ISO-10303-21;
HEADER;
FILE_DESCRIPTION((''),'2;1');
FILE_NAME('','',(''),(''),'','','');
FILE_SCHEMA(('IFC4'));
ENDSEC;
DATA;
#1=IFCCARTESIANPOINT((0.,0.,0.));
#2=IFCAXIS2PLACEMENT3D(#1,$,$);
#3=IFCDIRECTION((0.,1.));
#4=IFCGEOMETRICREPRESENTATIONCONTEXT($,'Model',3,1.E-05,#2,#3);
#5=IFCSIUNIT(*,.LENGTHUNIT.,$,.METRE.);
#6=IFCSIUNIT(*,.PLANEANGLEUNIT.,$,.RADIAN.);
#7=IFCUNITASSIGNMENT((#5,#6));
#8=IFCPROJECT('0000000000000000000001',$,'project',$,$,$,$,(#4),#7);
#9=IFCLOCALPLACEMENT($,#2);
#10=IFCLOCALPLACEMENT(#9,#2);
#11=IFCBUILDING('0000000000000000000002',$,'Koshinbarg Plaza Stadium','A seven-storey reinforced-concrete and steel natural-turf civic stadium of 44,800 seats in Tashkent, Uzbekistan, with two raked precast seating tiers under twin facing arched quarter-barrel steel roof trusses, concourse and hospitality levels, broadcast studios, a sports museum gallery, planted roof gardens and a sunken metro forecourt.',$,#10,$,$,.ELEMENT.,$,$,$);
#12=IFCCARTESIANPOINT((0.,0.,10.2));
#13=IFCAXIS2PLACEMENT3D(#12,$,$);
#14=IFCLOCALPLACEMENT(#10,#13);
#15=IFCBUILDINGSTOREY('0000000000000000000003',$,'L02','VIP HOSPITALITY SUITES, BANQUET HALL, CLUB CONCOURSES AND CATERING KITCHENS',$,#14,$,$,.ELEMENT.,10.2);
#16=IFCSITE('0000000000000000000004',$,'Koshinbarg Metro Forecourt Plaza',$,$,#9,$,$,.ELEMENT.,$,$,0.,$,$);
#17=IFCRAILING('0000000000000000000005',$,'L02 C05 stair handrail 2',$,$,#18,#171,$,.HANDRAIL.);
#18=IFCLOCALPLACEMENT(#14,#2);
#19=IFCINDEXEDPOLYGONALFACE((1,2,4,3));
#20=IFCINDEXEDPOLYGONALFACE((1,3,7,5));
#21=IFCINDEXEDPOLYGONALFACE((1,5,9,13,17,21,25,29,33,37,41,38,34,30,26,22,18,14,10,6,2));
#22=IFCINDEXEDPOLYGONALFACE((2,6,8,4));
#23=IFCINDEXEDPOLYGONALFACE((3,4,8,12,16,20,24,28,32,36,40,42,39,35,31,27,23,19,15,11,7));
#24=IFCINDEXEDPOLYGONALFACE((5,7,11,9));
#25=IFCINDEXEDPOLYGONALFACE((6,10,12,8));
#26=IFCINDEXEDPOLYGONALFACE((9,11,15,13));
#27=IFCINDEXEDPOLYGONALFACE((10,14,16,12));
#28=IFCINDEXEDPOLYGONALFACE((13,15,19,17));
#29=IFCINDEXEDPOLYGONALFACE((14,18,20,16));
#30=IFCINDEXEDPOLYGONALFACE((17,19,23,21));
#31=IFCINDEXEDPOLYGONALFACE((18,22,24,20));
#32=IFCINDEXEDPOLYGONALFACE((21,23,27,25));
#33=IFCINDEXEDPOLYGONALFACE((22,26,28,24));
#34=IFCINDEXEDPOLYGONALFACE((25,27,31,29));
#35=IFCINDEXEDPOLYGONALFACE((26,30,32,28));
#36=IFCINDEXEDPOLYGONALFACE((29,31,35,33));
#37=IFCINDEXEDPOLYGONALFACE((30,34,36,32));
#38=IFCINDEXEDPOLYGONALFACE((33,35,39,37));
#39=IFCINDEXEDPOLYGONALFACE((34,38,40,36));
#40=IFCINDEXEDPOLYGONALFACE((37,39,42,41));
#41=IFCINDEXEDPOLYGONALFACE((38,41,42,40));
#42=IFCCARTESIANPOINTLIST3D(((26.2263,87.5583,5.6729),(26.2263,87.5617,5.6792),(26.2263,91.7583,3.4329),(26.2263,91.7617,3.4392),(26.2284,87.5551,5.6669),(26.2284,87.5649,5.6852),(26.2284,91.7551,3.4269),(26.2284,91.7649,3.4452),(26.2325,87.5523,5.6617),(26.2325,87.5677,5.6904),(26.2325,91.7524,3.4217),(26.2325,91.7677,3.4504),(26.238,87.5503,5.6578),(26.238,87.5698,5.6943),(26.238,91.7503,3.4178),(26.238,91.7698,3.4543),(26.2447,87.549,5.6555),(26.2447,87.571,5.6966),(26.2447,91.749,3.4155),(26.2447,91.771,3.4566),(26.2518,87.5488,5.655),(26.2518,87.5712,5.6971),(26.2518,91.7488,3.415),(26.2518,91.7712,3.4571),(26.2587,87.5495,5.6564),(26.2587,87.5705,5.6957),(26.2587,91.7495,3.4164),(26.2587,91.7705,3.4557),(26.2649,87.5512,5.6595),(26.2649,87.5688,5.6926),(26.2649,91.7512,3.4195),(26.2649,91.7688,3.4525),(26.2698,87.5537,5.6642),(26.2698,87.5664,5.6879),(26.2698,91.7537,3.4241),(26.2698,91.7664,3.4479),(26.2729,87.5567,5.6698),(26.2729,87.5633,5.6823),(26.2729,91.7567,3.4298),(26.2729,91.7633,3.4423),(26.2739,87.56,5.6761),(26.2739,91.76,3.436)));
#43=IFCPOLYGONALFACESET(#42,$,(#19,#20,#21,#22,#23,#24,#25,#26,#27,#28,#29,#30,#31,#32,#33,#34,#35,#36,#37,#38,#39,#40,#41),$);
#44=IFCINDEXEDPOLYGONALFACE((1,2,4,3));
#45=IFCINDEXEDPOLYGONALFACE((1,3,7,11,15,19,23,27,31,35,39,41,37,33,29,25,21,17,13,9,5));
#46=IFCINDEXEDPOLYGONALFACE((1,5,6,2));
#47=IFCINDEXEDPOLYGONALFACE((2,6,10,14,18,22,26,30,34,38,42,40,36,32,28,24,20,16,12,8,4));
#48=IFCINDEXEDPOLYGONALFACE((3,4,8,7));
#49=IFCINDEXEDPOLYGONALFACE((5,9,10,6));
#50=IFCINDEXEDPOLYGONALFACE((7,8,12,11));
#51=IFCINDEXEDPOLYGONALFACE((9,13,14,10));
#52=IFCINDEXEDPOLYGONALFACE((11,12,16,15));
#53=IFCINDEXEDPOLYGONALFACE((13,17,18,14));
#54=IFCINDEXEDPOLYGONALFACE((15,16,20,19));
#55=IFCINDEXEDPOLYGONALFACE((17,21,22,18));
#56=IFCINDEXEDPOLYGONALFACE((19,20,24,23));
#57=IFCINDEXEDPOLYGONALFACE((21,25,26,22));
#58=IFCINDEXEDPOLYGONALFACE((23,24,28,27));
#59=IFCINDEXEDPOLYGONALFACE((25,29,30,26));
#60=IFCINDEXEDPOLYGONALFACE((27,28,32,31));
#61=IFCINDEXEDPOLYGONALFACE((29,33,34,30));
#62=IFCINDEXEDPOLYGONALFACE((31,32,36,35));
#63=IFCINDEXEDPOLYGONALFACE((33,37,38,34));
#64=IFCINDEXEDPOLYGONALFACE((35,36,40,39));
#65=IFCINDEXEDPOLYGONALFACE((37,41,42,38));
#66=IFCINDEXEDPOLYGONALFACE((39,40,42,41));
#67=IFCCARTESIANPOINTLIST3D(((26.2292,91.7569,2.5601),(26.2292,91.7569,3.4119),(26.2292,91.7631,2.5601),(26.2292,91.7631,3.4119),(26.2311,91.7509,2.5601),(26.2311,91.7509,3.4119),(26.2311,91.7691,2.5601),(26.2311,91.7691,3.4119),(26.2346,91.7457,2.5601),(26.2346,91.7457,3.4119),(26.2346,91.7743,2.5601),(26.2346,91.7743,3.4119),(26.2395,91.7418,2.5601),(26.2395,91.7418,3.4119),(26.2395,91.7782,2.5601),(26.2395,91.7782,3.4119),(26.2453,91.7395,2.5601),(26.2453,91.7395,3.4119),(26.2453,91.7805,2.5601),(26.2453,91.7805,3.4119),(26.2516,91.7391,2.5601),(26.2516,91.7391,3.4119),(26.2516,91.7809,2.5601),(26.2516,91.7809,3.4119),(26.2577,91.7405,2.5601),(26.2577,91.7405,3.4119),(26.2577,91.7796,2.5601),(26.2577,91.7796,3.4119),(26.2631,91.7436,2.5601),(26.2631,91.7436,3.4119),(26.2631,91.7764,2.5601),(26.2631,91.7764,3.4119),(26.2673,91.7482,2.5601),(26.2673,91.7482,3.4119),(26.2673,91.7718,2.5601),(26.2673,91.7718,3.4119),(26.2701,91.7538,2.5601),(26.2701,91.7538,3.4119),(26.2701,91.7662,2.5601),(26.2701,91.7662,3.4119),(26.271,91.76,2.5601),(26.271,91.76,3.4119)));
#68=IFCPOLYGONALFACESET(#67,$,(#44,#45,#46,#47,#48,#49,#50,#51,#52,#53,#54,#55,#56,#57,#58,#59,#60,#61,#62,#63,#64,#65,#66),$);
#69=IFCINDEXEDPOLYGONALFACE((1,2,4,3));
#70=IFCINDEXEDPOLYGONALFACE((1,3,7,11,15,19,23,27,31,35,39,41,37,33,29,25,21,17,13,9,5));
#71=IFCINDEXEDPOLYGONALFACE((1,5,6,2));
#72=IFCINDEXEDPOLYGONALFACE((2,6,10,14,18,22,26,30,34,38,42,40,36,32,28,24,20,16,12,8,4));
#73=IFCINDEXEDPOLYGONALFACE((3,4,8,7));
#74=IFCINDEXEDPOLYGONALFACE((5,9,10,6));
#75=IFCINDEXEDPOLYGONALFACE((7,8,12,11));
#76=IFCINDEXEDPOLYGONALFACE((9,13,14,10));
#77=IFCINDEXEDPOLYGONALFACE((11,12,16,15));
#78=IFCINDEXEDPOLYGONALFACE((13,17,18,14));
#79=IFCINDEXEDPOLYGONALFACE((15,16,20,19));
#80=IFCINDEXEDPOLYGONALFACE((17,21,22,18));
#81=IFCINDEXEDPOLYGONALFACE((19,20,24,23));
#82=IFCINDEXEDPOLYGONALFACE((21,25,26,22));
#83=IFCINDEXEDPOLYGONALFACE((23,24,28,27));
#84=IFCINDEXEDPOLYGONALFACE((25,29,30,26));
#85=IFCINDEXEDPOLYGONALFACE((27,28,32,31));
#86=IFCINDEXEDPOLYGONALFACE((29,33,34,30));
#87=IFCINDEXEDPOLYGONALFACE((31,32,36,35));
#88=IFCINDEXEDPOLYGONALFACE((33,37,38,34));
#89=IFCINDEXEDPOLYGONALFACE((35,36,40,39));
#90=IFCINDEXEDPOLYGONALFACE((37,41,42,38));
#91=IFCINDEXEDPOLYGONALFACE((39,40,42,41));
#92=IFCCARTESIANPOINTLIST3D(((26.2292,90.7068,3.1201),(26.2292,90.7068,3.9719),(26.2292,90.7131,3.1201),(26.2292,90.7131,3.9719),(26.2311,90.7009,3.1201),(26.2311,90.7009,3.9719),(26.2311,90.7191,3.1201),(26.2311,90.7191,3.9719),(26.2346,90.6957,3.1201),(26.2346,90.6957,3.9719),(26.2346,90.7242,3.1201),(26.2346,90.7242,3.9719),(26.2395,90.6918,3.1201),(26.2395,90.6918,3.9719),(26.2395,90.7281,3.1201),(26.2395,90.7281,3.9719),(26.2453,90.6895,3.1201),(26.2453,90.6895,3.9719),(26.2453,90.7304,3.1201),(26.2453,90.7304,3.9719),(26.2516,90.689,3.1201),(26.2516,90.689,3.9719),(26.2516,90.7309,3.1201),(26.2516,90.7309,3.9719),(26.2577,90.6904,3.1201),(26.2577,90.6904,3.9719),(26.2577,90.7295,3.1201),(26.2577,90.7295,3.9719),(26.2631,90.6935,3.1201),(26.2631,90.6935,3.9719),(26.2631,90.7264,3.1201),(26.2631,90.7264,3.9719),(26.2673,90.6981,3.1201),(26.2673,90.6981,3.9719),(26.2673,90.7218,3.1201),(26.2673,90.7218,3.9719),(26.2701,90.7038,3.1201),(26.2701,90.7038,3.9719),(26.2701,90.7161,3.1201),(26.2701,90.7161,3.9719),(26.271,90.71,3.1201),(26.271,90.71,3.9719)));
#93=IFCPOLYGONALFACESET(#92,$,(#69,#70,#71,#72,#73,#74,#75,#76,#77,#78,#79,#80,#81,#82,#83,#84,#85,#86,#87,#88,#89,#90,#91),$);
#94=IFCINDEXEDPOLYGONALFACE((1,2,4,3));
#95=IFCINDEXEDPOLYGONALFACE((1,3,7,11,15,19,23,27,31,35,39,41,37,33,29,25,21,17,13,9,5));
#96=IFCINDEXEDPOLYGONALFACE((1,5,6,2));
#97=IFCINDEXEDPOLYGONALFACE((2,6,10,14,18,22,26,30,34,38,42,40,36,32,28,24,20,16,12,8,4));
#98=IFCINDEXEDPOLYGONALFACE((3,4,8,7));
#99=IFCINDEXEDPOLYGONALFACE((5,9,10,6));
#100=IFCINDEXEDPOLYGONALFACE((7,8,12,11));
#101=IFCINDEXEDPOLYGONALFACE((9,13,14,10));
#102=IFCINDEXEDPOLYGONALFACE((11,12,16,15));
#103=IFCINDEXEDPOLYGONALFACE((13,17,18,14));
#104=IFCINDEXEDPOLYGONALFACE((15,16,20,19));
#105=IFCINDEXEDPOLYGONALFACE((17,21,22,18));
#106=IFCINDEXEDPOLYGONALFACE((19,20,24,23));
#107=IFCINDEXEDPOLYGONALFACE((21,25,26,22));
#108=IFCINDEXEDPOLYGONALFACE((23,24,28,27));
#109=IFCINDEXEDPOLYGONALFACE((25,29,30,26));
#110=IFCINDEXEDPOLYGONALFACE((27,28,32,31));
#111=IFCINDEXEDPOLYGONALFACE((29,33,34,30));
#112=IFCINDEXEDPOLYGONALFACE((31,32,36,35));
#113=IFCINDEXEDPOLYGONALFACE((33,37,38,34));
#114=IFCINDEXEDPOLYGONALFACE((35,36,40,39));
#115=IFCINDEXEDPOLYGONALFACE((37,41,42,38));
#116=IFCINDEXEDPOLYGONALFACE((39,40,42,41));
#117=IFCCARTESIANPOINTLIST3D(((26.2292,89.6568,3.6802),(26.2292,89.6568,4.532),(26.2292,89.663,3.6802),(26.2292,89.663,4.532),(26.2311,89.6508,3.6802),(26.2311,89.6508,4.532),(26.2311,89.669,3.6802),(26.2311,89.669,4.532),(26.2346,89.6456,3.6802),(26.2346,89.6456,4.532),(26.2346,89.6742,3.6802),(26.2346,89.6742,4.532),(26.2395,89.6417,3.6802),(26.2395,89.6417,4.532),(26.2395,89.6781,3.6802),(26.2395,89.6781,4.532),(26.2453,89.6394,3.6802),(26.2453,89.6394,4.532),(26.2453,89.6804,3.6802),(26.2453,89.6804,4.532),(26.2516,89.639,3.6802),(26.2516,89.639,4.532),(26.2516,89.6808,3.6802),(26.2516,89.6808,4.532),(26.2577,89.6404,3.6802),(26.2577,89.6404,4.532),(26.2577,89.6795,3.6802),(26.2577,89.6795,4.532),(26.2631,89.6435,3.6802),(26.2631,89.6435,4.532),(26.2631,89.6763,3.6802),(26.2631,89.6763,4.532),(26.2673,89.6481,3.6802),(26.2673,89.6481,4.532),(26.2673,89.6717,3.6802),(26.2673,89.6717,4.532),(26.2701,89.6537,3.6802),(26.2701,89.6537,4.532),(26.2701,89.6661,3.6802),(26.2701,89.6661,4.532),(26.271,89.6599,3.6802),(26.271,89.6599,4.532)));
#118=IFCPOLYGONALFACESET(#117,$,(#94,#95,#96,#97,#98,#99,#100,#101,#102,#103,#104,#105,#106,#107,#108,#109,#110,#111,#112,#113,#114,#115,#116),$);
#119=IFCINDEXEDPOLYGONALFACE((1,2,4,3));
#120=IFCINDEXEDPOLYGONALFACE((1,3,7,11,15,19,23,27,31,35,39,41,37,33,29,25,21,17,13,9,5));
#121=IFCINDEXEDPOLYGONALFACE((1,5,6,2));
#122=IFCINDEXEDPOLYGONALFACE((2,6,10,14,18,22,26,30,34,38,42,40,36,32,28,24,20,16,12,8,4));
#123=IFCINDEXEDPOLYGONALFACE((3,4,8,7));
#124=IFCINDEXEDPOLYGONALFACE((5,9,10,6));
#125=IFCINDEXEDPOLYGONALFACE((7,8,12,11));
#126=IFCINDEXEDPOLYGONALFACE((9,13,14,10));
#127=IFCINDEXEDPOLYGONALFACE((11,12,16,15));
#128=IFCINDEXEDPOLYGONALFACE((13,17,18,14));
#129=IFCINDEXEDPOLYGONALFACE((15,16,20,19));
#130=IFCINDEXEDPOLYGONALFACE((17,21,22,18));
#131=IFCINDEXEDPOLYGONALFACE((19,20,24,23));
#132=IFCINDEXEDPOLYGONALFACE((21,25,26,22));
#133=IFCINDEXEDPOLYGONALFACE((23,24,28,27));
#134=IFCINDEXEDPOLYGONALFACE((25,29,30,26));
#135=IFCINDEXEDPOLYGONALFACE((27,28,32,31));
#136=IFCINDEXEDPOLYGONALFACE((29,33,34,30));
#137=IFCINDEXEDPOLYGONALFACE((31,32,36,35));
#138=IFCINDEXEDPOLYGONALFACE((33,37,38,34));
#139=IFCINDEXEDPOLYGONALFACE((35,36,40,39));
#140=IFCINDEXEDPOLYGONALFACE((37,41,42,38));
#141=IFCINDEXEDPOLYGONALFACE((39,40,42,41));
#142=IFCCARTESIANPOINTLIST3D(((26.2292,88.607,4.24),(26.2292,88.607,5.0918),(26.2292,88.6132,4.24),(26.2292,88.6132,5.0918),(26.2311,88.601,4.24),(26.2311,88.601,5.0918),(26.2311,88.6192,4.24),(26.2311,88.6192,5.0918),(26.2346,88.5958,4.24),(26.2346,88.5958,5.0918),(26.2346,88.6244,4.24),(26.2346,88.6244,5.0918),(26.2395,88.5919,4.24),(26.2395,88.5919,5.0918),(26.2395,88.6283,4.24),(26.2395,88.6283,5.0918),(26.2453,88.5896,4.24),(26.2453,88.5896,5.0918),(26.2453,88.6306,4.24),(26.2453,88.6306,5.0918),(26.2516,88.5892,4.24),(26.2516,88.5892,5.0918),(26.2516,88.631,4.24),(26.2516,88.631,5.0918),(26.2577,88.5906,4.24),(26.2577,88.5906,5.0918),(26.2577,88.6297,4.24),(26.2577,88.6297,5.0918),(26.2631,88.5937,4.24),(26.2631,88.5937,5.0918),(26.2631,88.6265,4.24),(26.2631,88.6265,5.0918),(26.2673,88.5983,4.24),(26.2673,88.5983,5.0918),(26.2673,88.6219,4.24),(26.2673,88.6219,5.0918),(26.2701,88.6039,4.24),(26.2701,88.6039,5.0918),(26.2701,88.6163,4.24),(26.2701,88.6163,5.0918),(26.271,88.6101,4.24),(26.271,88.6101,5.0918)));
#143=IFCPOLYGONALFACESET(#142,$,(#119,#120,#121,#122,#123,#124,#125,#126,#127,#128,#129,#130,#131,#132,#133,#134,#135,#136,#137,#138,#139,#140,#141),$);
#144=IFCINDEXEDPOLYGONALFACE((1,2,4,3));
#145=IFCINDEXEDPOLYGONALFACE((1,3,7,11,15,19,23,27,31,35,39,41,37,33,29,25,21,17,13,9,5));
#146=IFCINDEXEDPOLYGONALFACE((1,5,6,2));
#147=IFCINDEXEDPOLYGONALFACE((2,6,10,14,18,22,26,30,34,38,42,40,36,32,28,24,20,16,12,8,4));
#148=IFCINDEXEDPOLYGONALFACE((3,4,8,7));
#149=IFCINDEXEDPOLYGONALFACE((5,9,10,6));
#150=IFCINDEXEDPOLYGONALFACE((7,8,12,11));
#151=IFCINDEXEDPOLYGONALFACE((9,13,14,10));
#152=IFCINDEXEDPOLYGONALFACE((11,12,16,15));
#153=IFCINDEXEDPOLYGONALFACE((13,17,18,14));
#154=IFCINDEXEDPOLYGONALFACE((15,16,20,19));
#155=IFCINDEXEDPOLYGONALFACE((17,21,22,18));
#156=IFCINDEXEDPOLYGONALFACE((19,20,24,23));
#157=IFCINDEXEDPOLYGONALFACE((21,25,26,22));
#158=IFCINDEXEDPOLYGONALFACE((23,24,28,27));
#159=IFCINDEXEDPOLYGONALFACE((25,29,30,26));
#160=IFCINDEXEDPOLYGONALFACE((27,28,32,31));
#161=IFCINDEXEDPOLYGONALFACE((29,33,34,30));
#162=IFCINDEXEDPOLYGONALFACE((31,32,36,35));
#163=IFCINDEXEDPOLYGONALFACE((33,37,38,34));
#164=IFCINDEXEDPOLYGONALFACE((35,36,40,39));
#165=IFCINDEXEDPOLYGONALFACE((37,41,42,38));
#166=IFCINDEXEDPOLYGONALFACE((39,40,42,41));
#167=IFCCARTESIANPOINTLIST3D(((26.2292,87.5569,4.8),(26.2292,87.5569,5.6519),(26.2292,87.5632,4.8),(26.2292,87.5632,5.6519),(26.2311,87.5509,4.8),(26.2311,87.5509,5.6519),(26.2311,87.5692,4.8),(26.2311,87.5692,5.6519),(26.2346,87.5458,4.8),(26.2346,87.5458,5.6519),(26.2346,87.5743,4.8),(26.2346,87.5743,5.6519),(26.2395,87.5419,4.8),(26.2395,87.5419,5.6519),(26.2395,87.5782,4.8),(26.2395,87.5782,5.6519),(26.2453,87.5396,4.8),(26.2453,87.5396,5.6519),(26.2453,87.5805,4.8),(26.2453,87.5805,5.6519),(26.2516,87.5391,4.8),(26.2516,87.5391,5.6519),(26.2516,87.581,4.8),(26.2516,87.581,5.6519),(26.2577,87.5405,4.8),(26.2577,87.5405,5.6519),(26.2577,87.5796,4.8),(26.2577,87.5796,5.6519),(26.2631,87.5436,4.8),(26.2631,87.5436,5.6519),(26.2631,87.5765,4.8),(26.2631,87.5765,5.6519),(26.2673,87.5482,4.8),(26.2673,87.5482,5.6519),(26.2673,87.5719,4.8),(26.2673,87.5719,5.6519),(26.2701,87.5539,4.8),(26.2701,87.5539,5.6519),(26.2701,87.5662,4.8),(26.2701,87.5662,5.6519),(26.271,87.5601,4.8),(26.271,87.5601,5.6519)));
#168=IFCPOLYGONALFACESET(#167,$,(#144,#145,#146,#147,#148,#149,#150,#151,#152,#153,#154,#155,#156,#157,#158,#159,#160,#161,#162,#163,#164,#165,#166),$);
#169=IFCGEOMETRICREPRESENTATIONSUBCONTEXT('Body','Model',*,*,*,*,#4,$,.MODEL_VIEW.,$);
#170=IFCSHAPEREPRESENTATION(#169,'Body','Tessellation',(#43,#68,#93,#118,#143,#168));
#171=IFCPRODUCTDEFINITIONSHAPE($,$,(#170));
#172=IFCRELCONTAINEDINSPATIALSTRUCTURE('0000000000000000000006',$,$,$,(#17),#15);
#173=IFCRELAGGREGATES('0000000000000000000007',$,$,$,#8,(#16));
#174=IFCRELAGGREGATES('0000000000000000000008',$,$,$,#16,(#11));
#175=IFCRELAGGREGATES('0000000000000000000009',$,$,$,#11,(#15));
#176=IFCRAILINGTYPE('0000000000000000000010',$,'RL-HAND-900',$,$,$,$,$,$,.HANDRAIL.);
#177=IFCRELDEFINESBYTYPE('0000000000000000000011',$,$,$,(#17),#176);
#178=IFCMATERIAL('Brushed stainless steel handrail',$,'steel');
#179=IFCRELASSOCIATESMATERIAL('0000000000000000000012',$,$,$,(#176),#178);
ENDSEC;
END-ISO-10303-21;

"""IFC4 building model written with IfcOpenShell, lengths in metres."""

from ifc_helpers import new_model, si_unit, direction, frame, origin, origin_2d, place, context, subcontext, project, spatial, circle, extrude, material, type_object, element, save


model = new_model("IFC4")

# Units and contexts
model_context = context("Model", 3, precision=1e-05, world=origin(), true_north=direction((0.0, 1.0)))
body_context = subcontext(model_context, "Body", "Model", "MODEL_VIEW")
ifc_project = project(units=[si_unit("LENGTHUNIT", "METRE"), si_unit("PLANEANGLEUNIT", "RADIAN")], contexts=[model_context])

# Site, building, storey
site_placement = place(None, origin())
site = spatial("IfcSite", under=ifc_project, at=site_placement, Name="Koshinbarg Metro Forecourt Plaza", CompositionType="ELEMENT", RefElevation=0.0)
building_placement = place(site_placement, origin())
building = spatial("IfcBuilding", under=site, at=building_placement, Name="Koshinbarg Plaza Stadium", Description="A seven-storey reinforced-concrete and steel natural-turf civic stadium of 44,800 seats in Tashkent, Uzbekistan, with two raked precast seating tiers under twin facing arched quarter-barrel steel roof trusses, concourse and hospitality levels, broadcast studios, a sports museum gallery, planted roof gardens and a sunken metro forecourt.", CompositionType="ELEMENT")
storey_placement = place(building_placement, frame((0.0, 0.0, 10.2)))
storey = spatial("IfcBuildingStorey", under=building, at=storey_placement, Name="L02", Description="VIP HOSPITALITY SUITES, BANQUET HALL, CLUB CONCOURSES AND CATERING KITCHENS", CompositionType="ELEMENT", Elevation=10.2)

# Railing
ifc_material_1 = material(Name="Brushed stainless steel handrail", Category="steel")
railing_type_1 = type_object("IfcRailingType", Name="RL-HAND-900", PredefinedType="HANDRAIL", material=ifc_material_1)
railing_1_placement = place(storey_placement, frame((26.25, 91.76, 2.5601)))
element("IfcRailing", 1, at=railing_1_placement, inside=storey, type_object=railing_type_1, Name="L02 C05 stair handrail 2", PredefinedType="HANDRAIL", context=body_context, shape_type="SweptSolid", body=[
    extrude(circle(Radius=0.0239, at=origin_2d()), frame((0.0, 0.0, 0.876), z_axis=(0.0, -0.882352, 0.470591), x_axis=(1.0, 0.0, 0.0)), (0.0, 0.0, 1.0), 4.76),
    extrude(circle(Radius=0.021, at=origin_2d()), origin(), (0.0, 0.0, 1.0), 0.8518),
    extrude(circle(Radius=0.021, at=origin_2d()), frame((0.0, -1.05, 0.5601)), (0.0, 0.0, 1.0), 0.8518),
    extrude(circle(Radius=0.021, at=origin_2d()), frame((0.0, -2.1001, 1.1201)), (0.0, 0.0, 1.0), 0.8518),
    extrude(circle(Radius=0.021, at=origin_2d()), frame((0.0, -3.1499, 1.6799)), (0.0, 0.0, 1.0), 0.8518),
    extrude(circle(Radius=0.021, at=origin_2d()), frame((0.0, -4.2, 2.24)), (0.0, 0.0, 1.0), 0.8518),
])

save(model, "model.ifc")
